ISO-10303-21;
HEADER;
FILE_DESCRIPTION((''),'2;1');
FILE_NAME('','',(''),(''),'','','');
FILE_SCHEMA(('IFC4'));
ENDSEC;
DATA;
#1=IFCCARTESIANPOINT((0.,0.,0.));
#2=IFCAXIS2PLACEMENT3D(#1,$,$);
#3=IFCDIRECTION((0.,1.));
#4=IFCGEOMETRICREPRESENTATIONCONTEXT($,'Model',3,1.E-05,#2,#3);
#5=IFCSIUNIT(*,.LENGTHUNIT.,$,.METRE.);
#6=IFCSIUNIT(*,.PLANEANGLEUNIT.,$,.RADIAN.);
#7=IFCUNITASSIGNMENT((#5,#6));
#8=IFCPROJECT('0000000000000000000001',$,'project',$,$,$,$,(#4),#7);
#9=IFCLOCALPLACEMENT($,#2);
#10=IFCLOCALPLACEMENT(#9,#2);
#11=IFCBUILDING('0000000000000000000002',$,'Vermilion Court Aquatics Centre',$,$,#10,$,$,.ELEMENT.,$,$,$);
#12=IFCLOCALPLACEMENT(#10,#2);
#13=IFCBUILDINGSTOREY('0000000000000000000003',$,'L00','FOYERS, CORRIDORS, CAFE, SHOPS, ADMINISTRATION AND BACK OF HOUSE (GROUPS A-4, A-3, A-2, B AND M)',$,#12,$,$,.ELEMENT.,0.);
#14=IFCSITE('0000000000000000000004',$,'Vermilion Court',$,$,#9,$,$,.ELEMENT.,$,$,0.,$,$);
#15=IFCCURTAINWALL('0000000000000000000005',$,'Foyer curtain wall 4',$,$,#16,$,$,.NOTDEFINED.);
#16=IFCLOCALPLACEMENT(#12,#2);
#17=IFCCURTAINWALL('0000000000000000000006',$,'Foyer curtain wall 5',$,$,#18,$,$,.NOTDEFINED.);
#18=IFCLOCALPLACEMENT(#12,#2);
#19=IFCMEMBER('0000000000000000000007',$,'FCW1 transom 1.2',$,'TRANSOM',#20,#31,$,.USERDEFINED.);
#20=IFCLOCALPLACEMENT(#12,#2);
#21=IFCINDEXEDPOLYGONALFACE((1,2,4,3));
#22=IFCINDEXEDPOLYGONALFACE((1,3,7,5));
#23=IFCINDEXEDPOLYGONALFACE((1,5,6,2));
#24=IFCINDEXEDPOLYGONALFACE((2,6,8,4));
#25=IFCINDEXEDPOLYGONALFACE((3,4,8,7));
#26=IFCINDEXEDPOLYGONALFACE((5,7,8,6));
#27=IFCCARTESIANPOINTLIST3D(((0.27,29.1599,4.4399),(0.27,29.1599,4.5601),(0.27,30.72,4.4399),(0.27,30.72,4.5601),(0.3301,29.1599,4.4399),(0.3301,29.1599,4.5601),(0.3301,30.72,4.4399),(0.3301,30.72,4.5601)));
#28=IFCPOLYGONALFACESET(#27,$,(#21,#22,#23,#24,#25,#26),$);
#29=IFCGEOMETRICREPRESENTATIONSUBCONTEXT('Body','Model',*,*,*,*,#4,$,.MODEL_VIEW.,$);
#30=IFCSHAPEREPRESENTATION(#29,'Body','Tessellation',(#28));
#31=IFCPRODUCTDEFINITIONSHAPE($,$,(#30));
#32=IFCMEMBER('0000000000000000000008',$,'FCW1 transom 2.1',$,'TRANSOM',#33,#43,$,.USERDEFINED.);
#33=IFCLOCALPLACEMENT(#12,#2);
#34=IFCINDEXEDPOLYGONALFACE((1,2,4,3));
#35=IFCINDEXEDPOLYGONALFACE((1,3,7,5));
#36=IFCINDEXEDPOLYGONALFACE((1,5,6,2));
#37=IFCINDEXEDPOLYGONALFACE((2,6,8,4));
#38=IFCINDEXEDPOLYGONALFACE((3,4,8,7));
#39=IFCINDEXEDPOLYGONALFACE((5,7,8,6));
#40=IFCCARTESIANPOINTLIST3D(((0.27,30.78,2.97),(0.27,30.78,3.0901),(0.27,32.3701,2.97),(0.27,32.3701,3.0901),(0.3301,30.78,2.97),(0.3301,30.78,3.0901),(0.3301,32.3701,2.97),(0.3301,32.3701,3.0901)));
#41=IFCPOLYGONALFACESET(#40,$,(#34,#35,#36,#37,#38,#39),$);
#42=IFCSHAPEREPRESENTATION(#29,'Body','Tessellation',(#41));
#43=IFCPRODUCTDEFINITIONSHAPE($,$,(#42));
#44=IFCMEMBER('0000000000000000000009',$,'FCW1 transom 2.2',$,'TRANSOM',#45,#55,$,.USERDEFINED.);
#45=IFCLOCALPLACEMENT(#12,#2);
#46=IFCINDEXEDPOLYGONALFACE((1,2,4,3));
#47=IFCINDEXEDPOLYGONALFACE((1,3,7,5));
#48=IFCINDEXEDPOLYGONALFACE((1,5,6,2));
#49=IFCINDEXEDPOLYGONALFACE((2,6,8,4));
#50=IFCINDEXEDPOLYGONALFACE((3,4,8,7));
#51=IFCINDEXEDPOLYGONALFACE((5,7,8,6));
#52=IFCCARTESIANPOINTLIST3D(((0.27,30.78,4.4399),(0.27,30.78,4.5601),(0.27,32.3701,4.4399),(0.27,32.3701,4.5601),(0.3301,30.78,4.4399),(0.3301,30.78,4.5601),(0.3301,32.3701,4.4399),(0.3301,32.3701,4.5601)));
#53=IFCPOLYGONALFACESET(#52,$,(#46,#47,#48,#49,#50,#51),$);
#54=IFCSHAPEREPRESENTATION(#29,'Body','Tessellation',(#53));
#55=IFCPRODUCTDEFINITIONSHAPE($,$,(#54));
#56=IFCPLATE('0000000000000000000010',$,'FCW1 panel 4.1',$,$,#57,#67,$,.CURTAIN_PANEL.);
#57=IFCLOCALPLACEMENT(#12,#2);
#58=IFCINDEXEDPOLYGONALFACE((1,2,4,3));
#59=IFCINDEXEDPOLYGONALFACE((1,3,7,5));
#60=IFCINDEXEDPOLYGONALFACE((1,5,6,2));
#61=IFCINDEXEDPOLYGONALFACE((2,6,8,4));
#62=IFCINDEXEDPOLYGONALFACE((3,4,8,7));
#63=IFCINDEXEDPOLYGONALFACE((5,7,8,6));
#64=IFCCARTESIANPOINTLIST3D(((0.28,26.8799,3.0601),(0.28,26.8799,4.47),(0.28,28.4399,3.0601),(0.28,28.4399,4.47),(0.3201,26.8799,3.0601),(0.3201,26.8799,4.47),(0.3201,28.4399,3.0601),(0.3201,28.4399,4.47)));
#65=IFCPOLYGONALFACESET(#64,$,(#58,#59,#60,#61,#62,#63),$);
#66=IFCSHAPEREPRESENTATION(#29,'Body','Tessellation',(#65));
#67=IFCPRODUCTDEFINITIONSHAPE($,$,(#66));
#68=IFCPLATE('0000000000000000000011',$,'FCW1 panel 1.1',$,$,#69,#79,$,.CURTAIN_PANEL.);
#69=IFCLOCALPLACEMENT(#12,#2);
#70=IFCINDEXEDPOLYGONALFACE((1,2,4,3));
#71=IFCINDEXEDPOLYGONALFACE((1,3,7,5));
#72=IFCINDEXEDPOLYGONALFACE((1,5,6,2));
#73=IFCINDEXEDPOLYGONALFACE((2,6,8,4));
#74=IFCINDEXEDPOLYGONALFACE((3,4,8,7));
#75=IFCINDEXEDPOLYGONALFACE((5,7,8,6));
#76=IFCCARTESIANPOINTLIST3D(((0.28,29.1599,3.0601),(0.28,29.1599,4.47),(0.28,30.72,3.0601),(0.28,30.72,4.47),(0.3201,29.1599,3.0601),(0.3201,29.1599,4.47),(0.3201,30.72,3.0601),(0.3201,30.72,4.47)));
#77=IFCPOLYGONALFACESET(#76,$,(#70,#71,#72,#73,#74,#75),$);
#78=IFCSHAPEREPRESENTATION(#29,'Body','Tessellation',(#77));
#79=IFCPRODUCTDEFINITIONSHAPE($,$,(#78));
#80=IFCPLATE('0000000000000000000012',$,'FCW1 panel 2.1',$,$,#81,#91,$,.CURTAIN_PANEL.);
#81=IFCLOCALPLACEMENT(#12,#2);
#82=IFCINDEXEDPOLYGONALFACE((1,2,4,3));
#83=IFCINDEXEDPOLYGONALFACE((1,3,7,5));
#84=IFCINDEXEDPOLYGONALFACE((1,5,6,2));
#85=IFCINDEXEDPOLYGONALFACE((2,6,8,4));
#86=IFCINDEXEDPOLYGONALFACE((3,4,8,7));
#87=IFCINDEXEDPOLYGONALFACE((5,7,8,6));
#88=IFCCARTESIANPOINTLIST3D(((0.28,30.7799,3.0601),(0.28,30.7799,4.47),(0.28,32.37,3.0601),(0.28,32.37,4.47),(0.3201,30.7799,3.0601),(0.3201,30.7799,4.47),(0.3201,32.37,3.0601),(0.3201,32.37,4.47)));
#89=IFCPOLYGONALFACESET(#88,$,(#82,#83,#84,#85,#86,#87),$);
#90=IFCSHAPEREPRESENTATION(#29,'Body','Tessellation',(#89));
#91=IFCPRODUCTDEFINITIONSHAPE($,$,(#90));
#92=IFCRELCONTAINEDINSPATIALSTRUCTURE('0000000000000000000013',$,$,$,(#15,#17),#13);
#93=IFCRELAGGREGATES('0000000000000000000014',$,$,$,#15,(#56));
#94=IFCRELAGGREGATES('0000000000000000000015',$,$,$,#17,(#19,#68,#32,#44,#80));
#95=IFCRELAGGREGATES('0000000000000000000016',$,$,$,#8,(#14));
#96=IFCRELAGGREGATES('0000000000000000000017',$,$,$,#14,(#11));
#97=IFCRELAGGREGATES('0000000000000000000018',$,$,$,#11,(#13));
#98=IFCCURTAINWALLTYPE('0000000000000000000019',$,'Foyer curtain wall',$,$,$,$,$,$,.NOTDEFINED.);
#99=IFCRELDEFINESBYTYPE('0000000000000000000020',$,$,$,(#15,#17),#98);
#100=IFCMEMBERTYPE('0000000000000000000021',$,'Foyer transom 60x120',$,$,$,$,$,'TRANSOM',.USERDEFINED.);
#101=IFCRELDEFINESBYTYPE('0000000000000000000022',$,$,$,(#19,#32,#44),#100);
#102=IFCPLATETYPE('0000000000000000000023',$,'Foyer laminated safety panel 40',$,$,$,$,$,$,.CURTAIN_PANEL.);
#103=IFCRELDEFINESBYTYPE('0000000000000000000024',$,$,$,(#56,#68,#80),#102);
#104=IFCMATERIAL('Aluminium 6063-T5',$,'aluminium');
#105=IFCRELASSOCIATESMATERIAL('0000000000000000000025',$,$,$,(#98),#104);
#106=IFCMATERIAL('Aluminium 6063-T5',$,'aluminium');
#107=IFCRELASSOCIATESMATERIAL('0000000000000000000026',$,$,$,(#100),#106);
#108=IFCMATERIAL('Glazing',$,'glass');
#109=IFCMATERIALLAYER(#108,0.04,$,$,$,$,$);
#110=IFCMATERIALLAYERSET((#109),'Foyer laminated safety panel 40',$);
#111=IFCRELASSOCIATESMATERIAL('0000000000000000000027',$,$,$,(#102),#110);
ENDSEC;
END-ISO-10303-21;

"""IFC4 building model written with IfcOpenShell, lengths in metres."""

from ifc_helpers import new_model, si_unit, direction, frame, origin, origin_2d, place, context, subcontext, project, spatial, rectangle, extrude, material, layer, layer_set, material_profile, profile_set, type_object, element, aggregate, save


model = new_model("IFC4")

# Units and contexts
model_context = context("Model", 3, precision=1e-05, world=origin(), true_north=direction((0.0, 1.0)))
body_context = subcontext(model_context, "Body", "Model", "MODEL_VIEW")
ifc_project = project(units=[si_unit("LENGTHUNIT", "METRE"), si_unit("PLANEANGLEUNIT", "RADIAN")], contexts=[model_context])

# Site, building, storey
site_placement = place(None, origin())
site = spatial("IfcSite", under=ifc_project, at=site_placement, Name="Vermilion Court", CompositionType="ELEMENT", RefElevation=0.0)
building_placement = place(site_placement, origin())
building = spatial("IfcBuilding", under=site, at=building_placement, Name="Vermilion Court Aquatics Centre", CompositionType="ELEMENT")
storey_placement = place(building_placement, origin())
storey = spatial("IfcBuildingStorey", under=building, at=storey_placement, Name="L00", Description="FOYERS, CORRIDORS, CAFE, SHOPS, ADMINISTRATION AND BACK OF HOUSE (GROUPS A-4, A-3, A-2, B AND M)", CompositionType="ELEMENT", Elevation=0.0)

# Curtain wall
ifc_material_1 = material(Name="Aluminium 6063-T5", Category="aluminium")
curtain_wall_type = type_object("IfcCurtainWallType", Name="Foyer curtain wall", PredefinedType="NOTDEFINED", material=ifc_material_1)
curtain_wall_1_placement = place(storey_placement, origin())
curtain_wall_1 = element("IfcCurtainWall", 1, at=curtain_wall_1_placement, inside=storey, type_object=curtain_wall_type, Name="Foyer curtain wall 4", PredefinedType="NOTDEFINED")

# Curtain wall
curtain_wall_2_placement = place(storey_placement, origin())
curtain_wall_2 = element("IfcCurtainWall", 2, at=curtain_wall_2_placement, inside=storey, type_object=curtain_wall_type, Name="Foyer curtain wall 5", PredefinedType="NOTDEFINED")

# Members
ifc_material_2 = material(Name="Aluminium 6063-T5", Category="aluminium")
ifc_material_profile_1 = material_profile(ifc_material_2, rectangle(XDim=0.0601, YDim=0.1201, at=origin_2d()), Name="Aluminium 60x120")
ifc_profile_set_1 = profile_set([ifc_material_profile_1], Name="Aluminium 6063-T5")
member_type_1 = type_object("IfcMemberType", Name="Foyer transom 60x120", ElementType="TRANSOM", PredefinedType="USERDEFINED", material=ifc_profile_set_1)
member_1_placement = place(storey_placement, frame((0.3, 29.1599, 4.5), z_axis=(0.0, 1.0, 0.0), x_axis=(-1.0, 0.0, 0.0)))
member_1 = element("IfcMember", 3, at=member_1_placement, type_object=member_type_1, Name="FCW1 transom 1.2", ObjectType="TRANSOM", PredefinedType="USERDEFINED", context=body_context, shape_type="SweptSolid", body=[
    extrude(rectangle(XDim=0.0601, YDim=0.1201, at=origin_2d()), origin(), (0.0, 0.0, 1.0), 1.5601),
])
member_2_placement = place(storey_placement, frame((0.3, 30.78, 3.03), z_axis=(0.0, 1.0, 0.0), x_axis=(-1.0, 0.0, 0.0)))
member_2 = element("IfcMember", 4, at=member_2_placement, type_object=member_type_1, Name="FCW1 transom 2.1", ObjectType="TRANSOM", PredefinedType="USERDEFINED", context=body_context, shape_type="SweptSolid", body=[
    extrude(rectangle(XDim=0.0601, YDim=0.1201, at=origin_2d()), origin(), (0.0, 0.0, 1.0), 1.5901),
])
member_3_placement = place(storey_placement, frame((0.3, 30.78, 4.5), z_axis=(0.0, 1.0, 0.0), x_axis=(-1.0, 0.0, 0.0)))
member_3 = element("IfcMember", 5, at=member_3_placement, type_object=member_type_1, Name="FCW1 transom 2.2", ObjectType="TRANSOM", PredefinedType="USERDEFINED", context=body_context, shape_type="SweptSolid", body=[
    extrude(rectangle(XDim=0.0601, YDim=0.1201, at=origin_2d()), origin(), (0.0, 0.0, 1.0), 1.5901),
])

# Plates
ifc_material_3 = material(Name="Glazing", Category="glass")
ifc_layer_1 = layer(ifc_material_3, 0.04)
ifc_layer_set_1 = layer_set([ifc_layer_1], Name="Foyer laminated safety panel 40")
plate_type = type_object("IfcPlateType", Name="Foyer laminated safety panel 40", PredefinedType="CURTAIN_PANEL", material=ifc_layer_set_1)
plate_1_placement = place(storey_placement, frame((0.3, 27.6599, 3.0601), z_axis=(0.0, 0.0, 1.0), x_axis=(0.0, 1.0, 0.0)))
plate_1 = element("IfcPlate", 6, at=plate_1_placement, type_object=plate_type, Name="FCW1 panel 4.1", PredefinedType="CURTAIN_PANEL", context=body_context, shape_type="SweptSolid", body=[
    extrude(rectangle(XDim=1.5601, YDim=0.04, at=origin_2d()), origin(), (0.0, 0.0, 1.0), 1.4099),
])
aggregate(curtain_wall_1, [plate_1])
plate_2_placement = place(storey_placement, frame((0.3, 29.9399, 3.0601), z_axis=(0.0, 0.0, 1.0), x_axis=(0.0, 1.0, 0.0)))
plate_2 = element("IfcPlate", 7, at=plate_2_placement, type_object=plate_type, Name="FCW1 panel 1.1", PredefinedType="CURTAIN_PANEL", context=body_context, shape_type="SweptSolid", body=[
    extrude(rectangle(XDim=1.5601, YDim=0.04, at=origin_2d()), origin(), (0.0, 0.0, 1.0), 1.4099),
])
plate_3_placement = place(storey_placement, frame((0.3, 31.575, 3.0601), z_axis=(0.0, 0.0, 1.0), x_axis=(0.0, 1.0, 0.0)))
plate_3 = element("IfcPlate", 8, at=plate_3_placement, type_object=plate_type, Name="FCW1 panel 2.1", PredefinedType="CURTAIN_PANEL", context=body_context, shape_type="SweptSolid", body=[
    extrude(rectangle(XDim=1.5901, YDim=0.04, at=origin_2d()), origin(), (0.0, 0.0, 1.0), 1.4099),
])
aggregate(curtain_wall_2, [member_1, plate_2, member_2, member_3, plate_3])

save(model, "model.ifc")
